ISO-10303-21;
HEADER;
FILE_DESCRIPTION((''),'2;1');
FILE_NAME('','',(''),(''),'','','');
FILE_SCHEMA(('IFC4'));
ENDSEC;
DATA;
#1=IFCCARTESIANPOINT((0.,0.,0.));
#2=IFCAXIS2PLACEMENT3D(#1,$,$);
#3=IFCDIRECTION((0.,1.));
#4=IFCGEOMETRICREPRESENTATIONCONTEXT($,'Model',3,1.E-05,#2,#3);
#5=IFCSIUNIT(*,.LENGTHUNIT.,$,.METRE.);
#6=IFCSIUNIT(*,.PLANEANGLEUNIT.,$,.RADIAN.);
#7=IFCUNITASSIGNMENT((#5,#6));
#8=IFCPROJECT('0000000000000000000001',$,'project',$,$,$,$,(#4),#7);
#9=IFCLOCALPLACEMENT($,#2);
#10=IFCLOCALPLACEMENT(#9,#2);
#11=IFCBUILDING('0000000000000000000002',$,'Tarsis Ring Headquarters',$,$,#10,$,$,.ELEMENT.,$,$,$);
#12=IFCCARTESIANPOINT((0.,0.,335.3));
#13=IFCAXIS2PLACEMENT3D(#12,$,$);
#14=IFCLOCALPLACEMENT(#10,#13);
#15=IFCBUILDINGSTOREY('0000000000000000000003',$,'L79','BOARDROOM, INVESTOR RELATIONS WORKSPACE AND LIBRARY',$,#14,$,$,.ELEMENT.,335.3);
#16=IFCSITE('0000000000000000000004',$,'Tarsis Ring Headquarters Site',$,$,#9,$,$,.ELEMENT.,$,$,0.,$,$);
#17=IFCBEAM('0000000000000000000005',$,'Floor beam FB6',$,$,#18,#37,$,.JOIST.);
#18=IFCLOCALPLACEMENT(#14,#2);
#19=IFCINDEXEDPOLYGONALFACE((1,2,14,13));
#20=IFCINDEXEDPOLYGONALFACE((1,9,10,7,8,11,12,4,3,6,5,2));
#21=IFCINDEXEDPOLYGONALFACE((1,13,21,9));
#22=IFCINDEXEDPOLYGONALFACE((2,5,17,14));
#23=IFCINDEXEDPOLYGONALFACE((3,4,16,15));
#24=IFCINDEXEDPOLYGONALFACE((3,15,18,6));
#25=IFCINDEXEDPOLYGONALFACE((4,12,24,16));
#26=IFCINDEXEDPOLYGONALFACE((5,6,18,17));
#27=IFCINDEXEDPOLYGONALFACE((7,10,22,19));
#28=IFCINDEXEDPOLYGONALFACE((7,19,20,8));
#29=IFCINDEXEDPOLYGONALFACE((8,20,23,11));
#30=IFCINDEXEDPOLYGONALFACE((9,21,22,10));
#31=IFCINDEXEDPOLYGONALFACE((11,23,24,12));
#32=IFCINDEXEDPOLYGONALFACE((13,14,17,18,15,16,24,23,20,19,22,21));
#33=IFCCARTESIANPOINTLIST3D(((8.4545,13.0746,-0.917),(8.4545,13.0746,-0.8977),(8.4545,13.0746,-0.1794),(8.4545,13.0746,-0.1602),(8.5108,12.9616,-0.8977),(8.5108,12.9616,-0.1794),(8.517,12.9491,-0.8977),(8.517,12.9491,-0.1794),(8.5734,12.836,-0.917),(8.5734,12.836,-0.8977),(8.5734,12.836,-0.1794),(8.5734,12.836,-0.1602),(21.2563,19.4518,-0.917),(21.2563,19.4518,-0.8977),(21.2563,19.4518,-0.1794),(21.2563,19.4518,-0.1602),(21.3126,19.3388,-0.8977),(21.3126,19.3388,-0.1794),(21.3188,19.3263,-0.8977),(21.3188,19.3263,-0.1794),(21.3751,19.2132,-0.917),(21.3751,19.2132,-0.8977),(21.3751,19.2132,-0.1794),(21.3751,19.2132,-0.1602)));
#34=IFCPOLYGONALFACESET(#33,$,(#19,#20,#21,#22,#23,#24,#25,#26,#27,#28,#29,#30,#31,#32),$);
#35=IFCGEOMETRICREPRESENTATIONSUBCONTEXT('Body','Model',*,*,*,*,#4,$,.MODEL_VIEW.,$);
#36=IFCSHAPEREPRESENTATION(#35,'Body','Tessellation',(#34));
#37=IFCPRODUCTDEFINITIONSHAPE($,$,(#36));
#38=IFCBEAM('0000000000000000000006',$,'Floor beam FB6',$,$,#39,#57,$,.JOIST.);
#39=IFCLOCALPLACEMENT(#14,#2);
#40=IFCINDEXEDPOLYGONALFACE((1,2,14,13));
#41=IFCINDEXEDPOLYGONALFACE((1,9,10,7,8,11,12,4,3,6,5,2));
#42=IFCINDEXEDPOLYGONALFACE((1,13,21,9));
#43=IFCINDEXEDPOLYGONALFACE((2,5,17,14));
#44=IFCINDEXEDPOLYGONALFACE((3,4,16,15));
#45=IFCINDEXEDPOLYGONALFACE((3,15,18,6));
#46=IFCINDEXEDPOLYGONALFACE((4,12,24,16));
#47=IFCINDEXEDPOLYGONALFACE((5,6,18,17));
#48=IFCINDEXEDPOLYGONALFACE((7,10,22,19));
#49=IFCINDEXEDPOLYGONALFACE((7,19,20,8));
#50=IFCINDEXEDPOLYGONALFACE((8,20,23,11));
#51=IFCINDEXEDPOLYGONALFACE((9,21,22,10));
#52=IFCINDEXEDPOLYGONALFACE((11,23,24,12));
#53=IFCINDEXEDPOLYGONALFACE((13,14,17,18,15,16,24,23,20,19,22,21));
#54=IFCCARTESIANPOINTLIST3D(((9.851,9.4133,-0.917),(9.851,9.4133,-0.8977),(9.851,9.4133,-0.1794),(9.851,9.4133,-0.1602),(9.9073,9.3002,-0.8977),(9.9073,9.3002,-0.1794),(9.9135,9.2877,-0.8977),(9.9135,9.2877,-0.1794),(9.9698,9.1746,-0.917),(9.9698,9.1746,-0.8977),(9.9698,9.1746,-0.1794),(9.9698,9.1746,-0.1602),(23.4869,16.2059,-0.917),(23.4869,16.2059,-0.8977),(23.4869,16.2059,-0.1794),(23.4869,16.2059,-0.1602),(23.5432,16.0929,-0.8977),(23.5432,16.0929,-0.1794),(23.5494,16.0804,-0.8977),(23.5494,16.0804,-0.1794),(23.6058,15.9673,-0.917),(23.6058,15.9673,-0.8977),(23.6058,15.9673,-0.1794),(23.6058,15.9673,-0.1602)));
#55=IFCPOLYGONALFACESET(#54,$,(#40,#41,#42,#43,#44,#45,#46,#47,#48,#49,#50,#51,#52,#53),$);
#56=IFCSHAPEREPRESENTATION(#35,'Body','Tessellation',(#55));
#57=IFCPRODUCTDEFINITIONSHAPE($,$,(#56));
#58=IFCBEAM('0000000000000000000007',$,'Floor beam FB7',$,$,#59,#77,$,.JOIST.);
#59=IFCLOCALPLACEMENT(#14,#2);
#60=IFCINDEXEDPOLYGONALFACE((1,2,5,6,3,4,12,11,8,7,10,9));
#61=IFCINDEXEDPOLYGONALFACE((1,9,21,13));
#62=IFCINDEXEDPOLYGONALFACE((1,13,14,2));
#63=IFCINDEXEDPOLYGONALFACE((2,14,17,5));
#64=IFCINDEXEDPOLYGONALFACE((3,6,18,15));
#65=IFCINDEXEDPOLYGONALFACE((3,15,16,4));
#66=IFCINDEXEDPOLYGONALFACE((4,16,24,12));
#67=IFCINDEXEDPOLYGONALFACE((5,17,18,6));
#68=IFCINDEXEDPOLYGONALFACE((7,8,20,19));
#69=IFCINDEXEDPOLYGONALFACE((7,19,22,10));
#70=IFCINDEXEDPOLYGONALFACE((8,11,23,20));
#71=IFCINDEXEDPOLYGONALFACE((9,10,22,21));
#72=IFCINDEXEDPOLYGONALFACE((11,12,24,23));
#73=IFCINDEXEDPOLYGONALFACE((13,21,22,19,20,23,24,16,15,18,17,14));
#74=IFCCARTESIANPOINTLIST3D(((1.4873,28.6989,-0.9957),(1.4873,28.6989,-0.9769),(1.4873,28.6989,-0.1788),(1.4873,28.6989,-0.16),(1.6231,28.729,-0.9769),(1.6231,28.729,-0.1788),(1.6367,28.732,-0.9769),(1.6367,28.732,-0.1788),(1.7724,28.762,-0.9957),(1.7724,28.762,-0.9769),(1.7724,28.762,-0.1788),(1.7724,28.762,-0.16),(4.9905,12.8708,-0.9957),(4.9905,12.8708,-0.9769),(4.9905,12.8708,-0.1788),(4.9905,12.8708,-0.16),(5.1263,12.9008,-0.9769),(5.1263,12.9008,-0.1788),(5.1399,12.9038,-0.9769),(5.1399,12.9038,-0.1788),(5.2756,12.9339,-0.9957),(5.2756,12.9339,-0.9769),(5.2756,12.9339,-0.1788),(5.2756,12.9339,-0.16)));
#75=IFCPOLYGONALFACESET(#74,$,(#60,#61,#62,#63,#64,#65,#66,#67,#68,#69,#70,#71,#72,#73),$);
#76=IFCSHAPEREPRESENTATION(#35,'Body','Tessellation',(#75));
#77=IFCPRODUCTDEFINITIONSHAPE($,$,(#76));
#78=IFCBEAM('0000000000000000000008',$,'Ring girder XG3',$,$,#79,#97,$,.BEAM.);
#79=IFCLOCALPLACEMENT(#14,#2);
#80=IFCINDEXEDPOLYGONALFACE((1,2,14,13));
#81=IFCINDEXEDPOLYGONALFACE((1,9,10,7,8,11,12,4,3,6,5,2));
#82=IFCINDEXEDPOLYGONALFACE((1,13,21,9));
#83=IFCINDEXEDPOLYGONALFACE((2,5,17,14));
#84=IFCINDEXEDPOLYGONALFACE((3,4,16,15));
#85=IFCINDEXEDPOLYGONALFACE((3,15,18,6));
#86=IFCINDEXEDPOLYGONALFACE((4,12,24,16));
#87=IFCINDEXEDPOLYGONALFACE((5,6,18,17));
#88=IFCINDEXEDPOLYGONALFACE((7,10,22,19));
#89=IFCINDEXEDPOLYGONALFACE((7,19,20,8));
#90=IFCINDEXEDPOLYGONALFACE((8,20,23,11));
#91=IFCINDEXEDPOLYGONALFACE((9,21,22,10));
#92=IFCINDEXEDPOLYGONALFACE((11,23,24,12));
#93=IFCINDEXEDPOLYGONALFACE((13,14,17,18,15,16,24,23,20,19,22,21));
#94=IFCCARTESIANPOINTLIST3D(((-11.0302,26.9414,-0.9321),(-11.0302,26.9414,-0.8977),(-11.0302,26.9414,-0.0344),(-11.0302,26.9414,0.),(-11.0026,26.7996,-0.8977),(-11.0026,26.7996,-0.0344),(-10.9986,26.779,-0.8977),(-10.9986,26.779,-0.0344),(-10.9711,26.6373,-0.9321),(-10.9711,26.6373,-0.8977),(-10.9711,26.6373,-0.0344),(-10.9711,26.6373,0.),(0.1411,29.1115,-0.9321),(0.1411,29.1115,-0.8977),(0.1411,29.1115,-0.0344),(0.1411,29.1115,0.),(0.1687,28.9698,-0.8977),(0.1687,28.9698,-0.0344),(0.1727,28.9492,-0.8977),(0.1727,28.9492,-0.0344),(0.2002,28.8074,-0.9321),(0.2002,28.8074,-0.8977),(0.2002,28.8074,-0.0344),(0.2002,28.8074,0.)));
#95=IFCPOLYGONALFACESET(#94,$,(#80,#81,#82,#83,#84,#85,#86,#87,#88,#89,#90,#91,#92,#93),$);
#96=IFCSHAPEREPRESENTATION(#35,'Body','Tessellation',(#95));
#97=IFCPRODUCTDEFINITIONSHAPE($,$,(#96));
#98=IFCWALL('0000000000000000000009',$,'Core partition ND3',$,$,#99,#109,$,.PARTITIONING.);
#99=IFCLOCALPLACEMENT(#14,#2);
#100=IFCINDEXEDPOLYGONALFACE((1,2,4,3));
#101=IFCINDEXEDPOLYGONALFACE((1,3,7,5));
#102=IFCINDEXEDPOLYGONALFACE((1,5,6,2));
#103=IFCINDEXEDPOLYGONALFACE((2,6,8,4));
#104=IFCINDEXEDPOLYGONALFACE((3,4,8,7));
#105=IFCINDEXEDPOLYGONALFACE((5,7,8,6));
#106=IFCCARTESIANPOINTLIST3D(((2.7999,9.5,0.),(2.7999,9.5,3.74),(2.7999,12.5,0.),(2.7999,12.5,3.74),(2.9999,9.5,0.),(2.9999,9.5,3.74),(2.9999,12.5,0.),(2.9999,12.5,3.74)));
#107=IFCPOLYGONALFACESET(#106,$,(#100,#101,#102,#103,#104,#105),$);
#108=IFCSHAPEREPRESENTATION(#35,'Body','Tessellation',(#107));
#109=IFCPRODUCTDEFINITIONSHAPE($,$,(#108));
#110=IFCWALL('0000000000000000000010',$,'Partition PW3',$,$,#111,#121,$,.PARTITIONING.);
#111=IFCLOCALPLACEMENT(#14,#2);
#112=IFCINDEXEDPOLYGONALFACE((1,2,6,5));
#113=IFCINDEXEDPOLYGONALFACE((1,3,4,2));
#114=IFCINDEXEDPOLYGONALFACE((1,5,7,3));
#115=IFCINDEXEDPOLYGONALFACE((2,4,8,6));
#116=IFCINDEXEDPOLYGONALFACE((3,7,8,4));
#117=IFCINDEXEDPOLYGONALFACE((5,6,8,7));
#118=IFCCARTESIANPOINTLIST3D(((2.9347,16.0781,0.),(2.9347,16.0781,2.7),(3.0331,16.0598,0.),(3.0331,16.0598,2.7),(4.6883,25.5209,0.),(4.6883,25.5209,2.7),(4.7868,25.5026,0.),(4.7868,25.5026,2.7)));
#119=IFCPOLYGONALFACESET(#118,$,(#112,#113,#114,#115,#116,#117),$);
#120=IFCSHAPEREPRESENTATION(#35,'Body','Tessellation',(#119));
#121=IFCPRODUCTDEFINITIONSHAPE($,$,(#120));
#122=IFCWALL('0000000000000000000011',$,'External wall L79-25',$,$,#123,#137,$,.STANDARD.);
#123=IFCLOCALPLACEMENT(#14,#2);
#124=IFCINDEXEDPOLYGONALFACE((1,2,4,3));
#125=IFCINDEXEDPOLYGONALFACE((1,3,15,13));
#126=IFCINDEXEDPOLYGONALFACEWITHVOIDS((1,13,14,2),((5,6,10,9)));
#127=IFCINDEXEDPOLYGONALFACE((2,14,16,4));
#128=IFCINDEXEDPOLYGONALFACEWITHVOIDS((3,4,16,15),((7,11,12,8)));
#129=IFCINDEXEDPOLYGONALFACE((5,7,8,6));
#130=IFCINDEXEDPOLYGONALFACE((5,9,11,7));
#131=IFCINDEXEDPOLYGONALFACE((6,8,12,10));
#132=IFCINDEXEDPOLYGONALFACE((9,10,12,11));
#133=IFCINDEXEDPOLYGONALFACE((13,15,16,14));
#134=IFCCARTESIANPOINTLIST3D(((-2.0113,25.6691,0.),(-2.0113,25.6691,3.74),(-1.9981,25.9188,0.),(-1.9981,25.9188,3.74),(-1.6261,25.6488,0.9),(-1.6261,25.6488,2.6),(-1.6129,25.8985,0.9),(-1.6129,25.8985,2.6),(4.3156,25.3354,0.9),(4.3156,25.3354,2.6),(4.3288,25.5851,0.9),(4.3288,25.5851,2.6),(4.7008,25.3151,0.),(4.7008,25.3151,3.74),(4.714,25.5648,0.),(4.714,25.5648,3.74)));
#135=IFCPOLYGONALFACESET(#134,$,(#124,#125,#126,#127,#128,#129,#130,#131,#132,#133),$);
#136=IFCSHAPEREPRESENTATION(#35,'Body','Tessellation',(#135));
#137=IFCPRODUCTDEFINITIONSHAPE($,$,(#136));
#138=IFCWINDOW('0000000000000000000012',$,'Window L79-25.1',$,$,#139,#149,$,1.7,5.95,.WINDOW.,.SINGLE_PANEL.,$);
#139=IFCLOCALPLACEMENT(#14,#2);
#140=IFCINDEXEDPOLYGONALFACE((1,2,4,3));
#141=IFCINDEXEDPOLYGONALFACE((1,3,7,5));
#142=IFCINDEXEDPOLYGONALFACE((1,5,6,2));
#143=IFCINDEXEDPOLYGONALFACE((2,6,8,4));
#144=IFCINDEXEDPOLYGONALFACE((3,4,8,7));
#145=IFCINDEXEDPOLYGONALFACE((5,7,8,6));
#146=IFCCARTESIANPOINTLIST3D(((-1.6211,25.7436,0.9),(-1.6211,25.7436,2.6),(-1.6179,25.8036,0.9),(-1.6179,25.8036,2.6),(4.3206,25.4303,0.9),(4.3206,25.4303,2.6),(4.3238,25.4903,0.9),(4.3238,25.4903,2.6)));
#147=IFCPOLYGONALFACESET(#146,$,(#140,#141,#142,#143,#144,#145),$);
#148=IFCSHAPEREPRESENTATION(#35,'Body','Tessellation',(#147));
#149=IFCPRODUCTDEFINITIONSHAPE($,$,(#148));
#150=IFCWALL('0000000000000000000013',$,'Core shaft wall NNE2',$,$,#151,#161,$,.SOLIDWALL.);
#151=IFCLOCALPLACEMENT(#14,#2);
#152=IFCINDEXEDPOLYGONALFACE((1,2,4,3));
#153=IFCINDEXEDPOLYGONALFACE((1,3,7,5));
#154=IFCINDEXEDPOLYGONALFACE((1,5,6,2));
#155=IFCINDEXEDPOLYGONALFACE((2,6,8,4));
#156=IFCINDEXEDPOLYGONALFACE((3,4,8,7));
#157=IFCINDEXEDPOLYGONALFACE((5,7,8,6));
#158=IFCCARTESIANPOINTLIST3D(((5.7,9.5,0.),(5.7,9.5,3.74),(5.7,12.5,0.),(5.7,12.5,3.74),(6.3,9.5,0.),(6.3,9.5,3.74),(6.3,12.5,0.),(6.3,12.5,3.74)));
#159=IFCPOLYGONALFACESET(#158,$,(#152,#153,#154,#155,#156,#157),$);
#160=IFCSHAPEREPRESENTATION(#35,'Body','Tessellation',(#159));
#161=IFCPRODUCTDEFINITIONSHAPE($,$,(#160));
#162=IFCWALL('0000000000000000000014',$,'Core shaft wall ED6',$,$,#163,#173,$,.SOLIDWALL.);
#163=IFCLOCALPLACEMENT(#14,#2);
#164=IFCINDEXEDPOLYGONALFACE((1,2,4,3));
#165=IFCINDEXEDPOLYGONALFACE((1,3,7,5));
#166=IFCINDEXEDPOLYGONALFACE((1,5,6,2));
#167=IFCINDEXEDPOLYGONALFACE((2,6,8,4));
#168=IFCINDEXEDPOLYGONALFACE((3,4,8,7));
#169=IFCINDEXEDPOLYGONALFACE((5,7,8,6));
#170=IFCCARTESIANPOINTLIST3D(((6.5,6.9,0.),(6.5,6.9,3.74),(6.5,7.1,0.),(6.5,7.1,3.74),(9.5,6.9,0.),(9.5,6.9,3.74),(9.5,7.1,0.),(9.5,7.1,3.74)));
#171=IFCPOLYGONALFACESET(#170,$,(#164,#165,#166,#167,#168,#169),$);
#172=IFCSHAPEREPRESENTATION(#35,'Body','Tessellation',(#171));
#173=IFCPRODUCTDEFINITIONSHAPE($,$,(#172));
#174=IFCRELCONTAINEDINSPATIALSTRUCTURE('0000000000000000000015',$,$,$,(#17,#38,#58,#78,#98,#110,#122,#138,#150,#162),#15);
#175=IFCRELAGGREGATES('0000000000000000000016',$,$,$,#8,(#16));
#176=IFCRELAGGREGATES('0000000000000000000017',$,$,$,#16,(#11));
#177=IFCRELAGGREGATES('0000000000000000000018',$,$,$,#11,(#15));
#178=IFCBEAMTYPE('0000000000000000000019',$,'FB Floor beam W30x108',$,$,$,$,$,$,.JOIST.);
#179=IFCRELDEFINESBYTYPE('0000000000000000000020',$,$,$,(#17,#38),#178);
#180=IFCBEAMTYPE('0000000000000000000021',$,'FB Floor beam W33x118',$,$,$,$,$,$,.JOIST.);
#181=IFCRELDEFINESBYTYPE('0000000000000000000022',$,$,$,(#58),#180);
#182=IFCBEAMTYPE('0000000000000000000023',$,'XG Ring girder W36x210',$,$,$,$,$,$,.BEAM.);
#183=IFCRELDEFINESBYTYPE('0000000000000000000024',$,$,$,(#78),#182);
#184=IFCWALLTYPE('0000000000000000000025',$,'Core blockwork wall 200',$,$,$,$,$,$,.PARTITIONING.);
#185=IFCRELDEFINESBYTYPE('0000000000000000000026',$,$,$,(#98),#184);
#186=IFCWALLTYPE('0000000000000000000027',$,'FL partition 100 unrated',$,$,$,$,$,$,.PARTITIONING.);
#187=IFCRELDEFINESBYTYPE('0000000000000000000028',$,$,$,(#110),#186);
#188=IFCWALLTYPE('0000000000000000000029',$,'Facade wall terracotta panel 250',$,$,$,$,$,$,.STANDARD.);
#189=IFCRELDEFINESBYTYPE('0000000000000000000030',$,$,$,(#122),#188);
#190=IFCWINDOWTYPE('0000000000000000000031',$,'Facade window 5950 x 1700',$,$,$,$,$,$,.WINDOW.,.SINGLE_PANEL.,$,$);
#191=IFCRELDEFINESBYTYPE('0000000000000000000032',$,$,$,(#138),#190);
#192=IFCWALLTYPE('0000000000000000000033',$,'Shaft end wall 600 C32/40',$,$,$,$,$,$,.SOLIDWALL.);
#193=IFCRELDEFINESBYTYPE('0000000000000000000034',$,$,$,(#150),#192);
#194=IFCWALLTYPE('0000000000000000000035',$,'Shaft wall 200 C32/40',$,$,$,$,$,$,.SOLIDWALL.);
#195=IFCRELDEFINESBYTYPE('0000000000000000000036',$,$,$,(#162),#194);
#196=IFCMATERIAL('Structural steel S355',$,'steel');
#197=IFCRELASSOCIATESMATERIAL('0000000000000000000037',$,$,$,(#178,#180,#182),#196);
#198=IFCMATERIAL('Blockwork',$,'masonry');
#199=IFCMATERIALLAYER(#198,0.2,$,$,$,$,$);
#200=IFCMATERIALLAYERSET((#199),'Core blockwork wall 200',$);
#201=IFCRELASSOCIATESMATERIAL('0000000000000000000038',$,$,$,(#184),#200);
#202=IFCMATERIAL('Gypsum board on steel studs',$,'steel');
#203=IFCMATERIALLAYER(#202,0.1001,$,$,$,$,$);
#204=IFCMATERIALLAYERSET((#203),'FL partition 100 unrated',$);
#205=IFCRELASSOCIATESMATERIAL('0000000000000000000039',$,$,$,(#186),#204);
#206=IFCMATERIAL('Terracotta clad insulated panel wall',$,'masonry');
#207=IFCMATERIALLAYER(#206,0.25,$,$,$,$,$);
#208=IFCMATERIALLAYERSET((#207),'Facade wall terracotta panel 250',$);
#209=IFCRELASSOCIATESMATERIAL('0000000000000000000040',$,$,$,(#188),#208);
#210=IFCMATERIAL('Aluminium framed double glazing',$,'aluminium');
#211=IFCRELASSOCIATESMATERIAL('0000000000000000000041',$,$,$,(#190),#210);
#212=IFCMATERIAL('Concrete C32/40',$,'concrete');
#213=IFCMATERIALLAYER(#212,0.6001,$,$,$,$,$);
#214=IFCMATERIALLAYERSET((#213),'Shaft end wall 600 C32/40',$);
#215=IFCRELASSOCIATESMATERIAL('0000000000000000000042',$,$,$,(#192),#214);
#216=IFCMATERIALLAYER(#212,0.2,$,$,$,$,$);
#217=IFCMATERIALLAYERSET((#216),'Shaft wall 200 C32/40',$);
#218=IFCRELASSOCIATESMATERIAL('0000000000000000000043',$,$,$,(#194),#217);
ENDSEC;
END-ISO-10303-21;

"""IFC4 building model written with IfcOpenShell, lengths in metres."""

from ifc_helpers import new_model, si_unit, direction, frame, frame_2d, origin, origin_2d, place, context, subcontext, project, spatial, rectangle, i_section, extrude, material, layer, layer_set, material_profile, profile_set, type_object, element, fill, save


model = new_model("IFC4")

# Units and contexts
model_context = context("Model", 3, precision=1e-05, world=origin(), true_north=direction((0.0, 1.0)))
body_context = subcontext(model_context, "Body", "Model", "MODEL_VIEW")
ifc_project = project(units=[si_unit("LENGTHUNIT", "METRE"), si_unit("PLANEANGLEUNIT", "RADIAN")], contexts=[model_context])

# Site, building, storey
site_placement = place(None, origin())
site = spatial("IfcSite", under=ifc_project, at=site_placement, Name="Tarsis Ring Headquarters Site", CompositionType="ELEMENT", RefElevation=0.0)
building_placement = place(site_placement, origin())
building = spatial("IfcBuilding", under=site, at=building_placement, Name="Tarsis Ring Headquarters", CompositionType="ELEMENT")
storey_placement = place(building_placement, frame((0.0, 0.0, 335.3)))
storey = spatial("IfcBuildingStorey", under=building, at=storey_placement, Name="L79", Description="BOARDROOM, INVESTOR RELATIONS WORKSPACE AND LIBRARY", CompositionType="ELEMENT", Elevation=335.3)

# Shared definitions
ifc_material_1 = material(Name="Structural steel S355", Category="steel")

# Beams
ifc_material_profile_1 = material_profile(ifc_material_1, i_section(OverallWidth=0.2666, OverallDepth=0.7568, WebThickness=0.0139, FlangeThickness=0.0193, at=origin_2d()), Name="W30x108")
ifc_profile_set_1 = profile_set([ifc_material_profile_1], Name="Structural steel S355")
beam_type_1 = type_object("IfcBeamType", Name="FB Floor beam W30x108", PredefinedType="JOIST", material=ifc_profile_set_1)
beam_1_placement = place(storey_placement, frame((8.5139, 12.9553, -0.5386), z_axis=(0.895089, 0.445888, 0.0), x_axis=(-0.445888, 0.895089, 0.0)))
element("IfcBeam", 1, at=beam_1_placement, inside=storey, type_object=beam_type_1, Name="Floor beam FB6", PredefinedType="JOIST", context=body_context, shape_type="SweptSolid", body=[
    extrude(i_section(OverallWidth=0.2666, OverallDepth=0.7568, WebThickness=0.0139, FlangeThickness=0.0193, at=origin_2d()), origin(), (0.0, 0.0, 1.0), 14.3022),
])
beam_2_placement = place(storey_placement, frame((9.9104, 9.2939, -0.5386), z_axis=(0.89509, 0.445886, 0.0), x_axis=(-0.445886, 0.89509, 0.0)))
element("IfcBeam", 2, at=beam_2_placement, inside=storey, type_object=beam_type_1, Name="Floor beam FB6", PredefinedType="JOIST", context=body_context, shape_type="SweptSolid", body=[
    extrude(i_section(OverallWidth=0.2666, OverallDepth=0.7568, WebThickness=0.0139, FlangeThickness=0.0193, at=origin_2d()), origin(), (0.0, 0.0, 1.0), 15.2341),
])
ifc_material_profile_2 = material_profile(ifc_material_1, i_section(OverallWidth=0.292, OverallDepth=0.8357, WebThickness=0.0139, FlangeThickness=0.0188, at=origin_2d()), Name="W33x118")
ifc_profile_set_2 = profile_set([ifc_material_profile_2], Name="Structural steel S355")
beam_type_2 = type_object("IfcBeamType", Name="FB Floor beam W33x118", PredefinedType="JOIST", material=ifc_profile_set_2)
beam_3_placement = place(storey_placement, frame((1.6299, 28.7305, -0.5779), z_axis=(0.216096, -0.976372, 0.0), x_axis=(0.976372, 0.216096, 0.0)))
element("IfcBeam", 3, at=beam_3_placement, inside=storey, type_object=beam_type_2, Name="Floor beam FB7", PredefinedType="JOIST", context=body_context, shape_type="SweptSolid", body=[
    extrude(i_section(OverallWidth=0.292, OverallDepth=0.8357, WebThickness=0.0139, FlangeThickness=0.0188, at=origin_2d()), origin(), (0.0, 0.0, 1.0), 16.2112),
])
ifc_material_profile_3 = material_profile(ifc_material_1, i_section(OverallWidth=0.3098, OverallDepth=0.9321, WebThickness=0.021, FlangeThickness=0.0344, at=origin_2d()), Name="W36x210")
ifc_profile_set_3 = profile_set([ifc_material_profile_3], Name="Structural steel S355")
beam_type_3 = type_object("IfcBeamType", Name="XG Ring girder W36x210", PredefinedType="BEAM", material=ifc_profile_set_3)
beam_4_placement = place(storey_placement, frame((0.1707, 28.9595, -0.4661), z_axis=(-0.981649, -0.190696, 0.0), x_axis=(0.190696, -0.981649, 0.0)))
element("IfcBeam", 4, at=beam_4_placement, inside=storey, type_object=beam_type_3, Name="Ring girder XG3", PredefinedType="BEAM", context=body_context, shape_type="SweptSolid", body=[
    extrude(i_section(OverallWidth=0.3098, OverallDepth=0.9321, WebThickness=0.021, FlangeThickness=0.0344, at=origin_2d()), origin(), (0.0, 0.0, 1.0), 11.3801),
])

# Walls
ifc_material_2 = material(Name="Blockwork", Category="masonry")
ifc_layer_1 = layer(ifc_material_2, 0.2)
ifc_layer_set_1 = layer_set([ifc_layer_1], Name="Core blockwork wall 200")
wall_type_1 = type_object("IfcWallType", Name="Core blockwork wall 200", PredefinedType="PARTITIONING", material=ifc_layer_set_1)
wall_1_placement = place(storey_placement, frame((2.8999, 9.5, 0.0), z_axis=(0.0, 0.0, 1.0), x_axis=(0.0, 1.0, 0.0)))
element("IfcWall", 5, at=wall_1_placement, inside=storey, type_object=wall_type_1, Name="Core partition ND3", PredefinedType="PARTITIONING", context=body_context, shape_type="SweptSolid", body=[
    extrude(rectangle(XDim=3.0, YDim=0.2, at=frame_2d((1.5, 0.0))), origin(), (0.0, 0.0, 1.0), 3.74),
])
ifc_material_3 = material(Name="Gypsum board on steel studs", Category="steel")
ifc_layer_2 = layer(ifc_material_3, 0.1001)
ifc_layer_set_2 = layer_set([ifc_layer_2], Name="FL partition 100 unrated")
wall_type_2 = type_object("IfcWallType", Name="FL partition 100 unrated", PredefinedType="PARTITIONING", material=ifc_layer_set_2)
wall_2_placement = place(storey_placement, frame((2.9839, 16.0688, 0.0), z_axis=(0.0, 0.0, 1.0), x_axis=(0.182591, 0.983189, 0.0)))
element("IfcWall", 6, at=wall_2_placement, inside=storey, type_object=wall_type_2, Name="Partition PW3", PredefinedType="PARTITIONING", context=body_context, shape_type="SweptSolid", body=[
    extrude(rectangle(XDim=9.6042, YDim=0.1001, at=frame_2d((4.8022, 0.0))), origin(), (0.0, 0.0, 1.0), 2.7),
])

# Wall, opening, window
ifc_material_4 = material(Name="Terracotta clad insulated panel wall", Category="masonry")
ifc_layer_3 = layer(ifc_material_4, 0.25)
ifc_layer_set_3 = layer_set([ifc_layer_3], Name="Facade wall terracotta panel 250")
wall_type_3 = type_object("IfcWallType", Name="Facade wall terracotta panel 250", PredefinedType="STANDARD", material=ifc_layer_set_3)
wall_3_placement = place(storey_placement, frame((4.7075, 25.4399, 0.0), z_axis=(0.0, 0.0, 1.0), x_axis=(-0.998612, 0.052667, 0.0)))
wall_3 = element("IfcWall", 7, at=wall_3_placement, inside=storey, type_object=wall_type_3, Name="External wall L79-25", PredefinedType="STANDARD", context=body_context, shape_type="SweptSolid", body=[
    extrude(rectangle(XDim=6.7214, YDim=0.25, at=frame_2d((3.3608, 0.0))), origin(), (0.0, 0.0, 1.0), 3.74),
])
opening_placement = place(wall_3_placement, frame((0.3857, 0.0, 0.8999)))
opening = element("IfcOpeningElement", 8, at=opening_placement, cuts=wall_3, PredefinedType="OPENING", context=body_context, shape_type="SweptSolid", body=[
    extrude(rectangle(XDim=5.95, YDim=1.7, at=frame_2d((2.9751, 0.8501))), frame((0.0, 0.135, 0.0), z_axis=(0.0, -1.0, 0.0), x_axis=(1.0, 0.0, 0.0)), (0.0, 0.0, 1.0), 0.27),
])
ifc_material_5 = material(Name="Aluminium framed double glazing", Category="aluminium")
window_type = type_object("IfcWindowType", Name="Facade window 5950 x 1700", PartitioningType="SINGLE_PANEL", PredefinedType="WINDOW", material=ifc_material_5)
window_placement = place(opening_placement, origin())
window = element("IfcWindow", 9, at=window_placement, inside=storey, type_object=window_type, Name="Window L79-25.1", OverallHeight=1.7, OverallWidth=5.95, PartitioningType="SINGLE_PANEL", PredefinedType="WINDOW", context=body_context, shape_type="SweptSolid", body=[
    extrude(rectangle(XDim=5.95, YDim=1.7, at=frame_2d((2.9751, 0.8501))), frame((0.0, 0.03, 0.0), z_axis=(0.0, -1.0, 0.0), x_axis=(1.0, 0.0, 0.0)), (0.0, 0.0, 1.0), 0.0601),
])
fill(opening, window)

# Walls
ifc_material_6 = material(Name="Concrete C32/40", Category="concrete")
ifc_layer_4 = layer(ifc_material_6, 0.6001)
ifc_layer_set_4 = layer_set([ifc_layer_4], Name="Shaft end wall 600 C32/40")
wall_type_4 = type_object("IfcWallType", Name="Shaft end wall 600 C32/40", PredefinedType="SOLIDWALL", material=ifc_layer_set_4)
wall_4_placement = place(storey_placement, frame((6.0, 9.5, 0.0), z_axis=(0.0, 0.0, 1.0), x_axis=(0.0, 1.0, 0.0)))
element("IfcWall", 10, at=wall_4_placement, inside=storey, type_object=wall_type_4, Name="Core shaft wall NNE2", PredefinedType="SOLIDWALL", context=body_context, shape_type="SweptSolid", body=[
    extrude(rectangle(XDim=3.0, YDim=0.6001, at=frame_2d((1.5, 0.0))), origin(), (0.0, 0.0, 1.0), 3.74),
])
ifc_layer_5 = layer(ifc_material_6, 0.2)
ifc_layer_set_5 = layer_set([ifc_layer_5], Name="Shaft wall 200 C32/40")
wall_type_5 = type_object("IfcWallType", Name="Shaft wall 200 C32/40", PredefinedType="SOLIDWALL", material=ifc_layer_set_5)
wall_5_placement = place(storey_placement, frame((6.5, 7.0, 0.0), z_axis=(0.0, 0.0, 1.0), x_axis=(1.0, 0.0, 0.0)))
element("IfcWall", 11, at=wall_5_placement, inside=storey, type_object=wall_type_5, Name="Core shaft wall ED6", PredefinedType="SOLIDWALL", context=body_context, shape_type="SweptSolid", body=[
    extrude(rectangle(XDim=3.0, YDim=0.2, at=frame_2d((1.5, 0.0))), origin(), (0.0, 0.0, 1.0), 3.74),
])

save(model, "model.ifc")
